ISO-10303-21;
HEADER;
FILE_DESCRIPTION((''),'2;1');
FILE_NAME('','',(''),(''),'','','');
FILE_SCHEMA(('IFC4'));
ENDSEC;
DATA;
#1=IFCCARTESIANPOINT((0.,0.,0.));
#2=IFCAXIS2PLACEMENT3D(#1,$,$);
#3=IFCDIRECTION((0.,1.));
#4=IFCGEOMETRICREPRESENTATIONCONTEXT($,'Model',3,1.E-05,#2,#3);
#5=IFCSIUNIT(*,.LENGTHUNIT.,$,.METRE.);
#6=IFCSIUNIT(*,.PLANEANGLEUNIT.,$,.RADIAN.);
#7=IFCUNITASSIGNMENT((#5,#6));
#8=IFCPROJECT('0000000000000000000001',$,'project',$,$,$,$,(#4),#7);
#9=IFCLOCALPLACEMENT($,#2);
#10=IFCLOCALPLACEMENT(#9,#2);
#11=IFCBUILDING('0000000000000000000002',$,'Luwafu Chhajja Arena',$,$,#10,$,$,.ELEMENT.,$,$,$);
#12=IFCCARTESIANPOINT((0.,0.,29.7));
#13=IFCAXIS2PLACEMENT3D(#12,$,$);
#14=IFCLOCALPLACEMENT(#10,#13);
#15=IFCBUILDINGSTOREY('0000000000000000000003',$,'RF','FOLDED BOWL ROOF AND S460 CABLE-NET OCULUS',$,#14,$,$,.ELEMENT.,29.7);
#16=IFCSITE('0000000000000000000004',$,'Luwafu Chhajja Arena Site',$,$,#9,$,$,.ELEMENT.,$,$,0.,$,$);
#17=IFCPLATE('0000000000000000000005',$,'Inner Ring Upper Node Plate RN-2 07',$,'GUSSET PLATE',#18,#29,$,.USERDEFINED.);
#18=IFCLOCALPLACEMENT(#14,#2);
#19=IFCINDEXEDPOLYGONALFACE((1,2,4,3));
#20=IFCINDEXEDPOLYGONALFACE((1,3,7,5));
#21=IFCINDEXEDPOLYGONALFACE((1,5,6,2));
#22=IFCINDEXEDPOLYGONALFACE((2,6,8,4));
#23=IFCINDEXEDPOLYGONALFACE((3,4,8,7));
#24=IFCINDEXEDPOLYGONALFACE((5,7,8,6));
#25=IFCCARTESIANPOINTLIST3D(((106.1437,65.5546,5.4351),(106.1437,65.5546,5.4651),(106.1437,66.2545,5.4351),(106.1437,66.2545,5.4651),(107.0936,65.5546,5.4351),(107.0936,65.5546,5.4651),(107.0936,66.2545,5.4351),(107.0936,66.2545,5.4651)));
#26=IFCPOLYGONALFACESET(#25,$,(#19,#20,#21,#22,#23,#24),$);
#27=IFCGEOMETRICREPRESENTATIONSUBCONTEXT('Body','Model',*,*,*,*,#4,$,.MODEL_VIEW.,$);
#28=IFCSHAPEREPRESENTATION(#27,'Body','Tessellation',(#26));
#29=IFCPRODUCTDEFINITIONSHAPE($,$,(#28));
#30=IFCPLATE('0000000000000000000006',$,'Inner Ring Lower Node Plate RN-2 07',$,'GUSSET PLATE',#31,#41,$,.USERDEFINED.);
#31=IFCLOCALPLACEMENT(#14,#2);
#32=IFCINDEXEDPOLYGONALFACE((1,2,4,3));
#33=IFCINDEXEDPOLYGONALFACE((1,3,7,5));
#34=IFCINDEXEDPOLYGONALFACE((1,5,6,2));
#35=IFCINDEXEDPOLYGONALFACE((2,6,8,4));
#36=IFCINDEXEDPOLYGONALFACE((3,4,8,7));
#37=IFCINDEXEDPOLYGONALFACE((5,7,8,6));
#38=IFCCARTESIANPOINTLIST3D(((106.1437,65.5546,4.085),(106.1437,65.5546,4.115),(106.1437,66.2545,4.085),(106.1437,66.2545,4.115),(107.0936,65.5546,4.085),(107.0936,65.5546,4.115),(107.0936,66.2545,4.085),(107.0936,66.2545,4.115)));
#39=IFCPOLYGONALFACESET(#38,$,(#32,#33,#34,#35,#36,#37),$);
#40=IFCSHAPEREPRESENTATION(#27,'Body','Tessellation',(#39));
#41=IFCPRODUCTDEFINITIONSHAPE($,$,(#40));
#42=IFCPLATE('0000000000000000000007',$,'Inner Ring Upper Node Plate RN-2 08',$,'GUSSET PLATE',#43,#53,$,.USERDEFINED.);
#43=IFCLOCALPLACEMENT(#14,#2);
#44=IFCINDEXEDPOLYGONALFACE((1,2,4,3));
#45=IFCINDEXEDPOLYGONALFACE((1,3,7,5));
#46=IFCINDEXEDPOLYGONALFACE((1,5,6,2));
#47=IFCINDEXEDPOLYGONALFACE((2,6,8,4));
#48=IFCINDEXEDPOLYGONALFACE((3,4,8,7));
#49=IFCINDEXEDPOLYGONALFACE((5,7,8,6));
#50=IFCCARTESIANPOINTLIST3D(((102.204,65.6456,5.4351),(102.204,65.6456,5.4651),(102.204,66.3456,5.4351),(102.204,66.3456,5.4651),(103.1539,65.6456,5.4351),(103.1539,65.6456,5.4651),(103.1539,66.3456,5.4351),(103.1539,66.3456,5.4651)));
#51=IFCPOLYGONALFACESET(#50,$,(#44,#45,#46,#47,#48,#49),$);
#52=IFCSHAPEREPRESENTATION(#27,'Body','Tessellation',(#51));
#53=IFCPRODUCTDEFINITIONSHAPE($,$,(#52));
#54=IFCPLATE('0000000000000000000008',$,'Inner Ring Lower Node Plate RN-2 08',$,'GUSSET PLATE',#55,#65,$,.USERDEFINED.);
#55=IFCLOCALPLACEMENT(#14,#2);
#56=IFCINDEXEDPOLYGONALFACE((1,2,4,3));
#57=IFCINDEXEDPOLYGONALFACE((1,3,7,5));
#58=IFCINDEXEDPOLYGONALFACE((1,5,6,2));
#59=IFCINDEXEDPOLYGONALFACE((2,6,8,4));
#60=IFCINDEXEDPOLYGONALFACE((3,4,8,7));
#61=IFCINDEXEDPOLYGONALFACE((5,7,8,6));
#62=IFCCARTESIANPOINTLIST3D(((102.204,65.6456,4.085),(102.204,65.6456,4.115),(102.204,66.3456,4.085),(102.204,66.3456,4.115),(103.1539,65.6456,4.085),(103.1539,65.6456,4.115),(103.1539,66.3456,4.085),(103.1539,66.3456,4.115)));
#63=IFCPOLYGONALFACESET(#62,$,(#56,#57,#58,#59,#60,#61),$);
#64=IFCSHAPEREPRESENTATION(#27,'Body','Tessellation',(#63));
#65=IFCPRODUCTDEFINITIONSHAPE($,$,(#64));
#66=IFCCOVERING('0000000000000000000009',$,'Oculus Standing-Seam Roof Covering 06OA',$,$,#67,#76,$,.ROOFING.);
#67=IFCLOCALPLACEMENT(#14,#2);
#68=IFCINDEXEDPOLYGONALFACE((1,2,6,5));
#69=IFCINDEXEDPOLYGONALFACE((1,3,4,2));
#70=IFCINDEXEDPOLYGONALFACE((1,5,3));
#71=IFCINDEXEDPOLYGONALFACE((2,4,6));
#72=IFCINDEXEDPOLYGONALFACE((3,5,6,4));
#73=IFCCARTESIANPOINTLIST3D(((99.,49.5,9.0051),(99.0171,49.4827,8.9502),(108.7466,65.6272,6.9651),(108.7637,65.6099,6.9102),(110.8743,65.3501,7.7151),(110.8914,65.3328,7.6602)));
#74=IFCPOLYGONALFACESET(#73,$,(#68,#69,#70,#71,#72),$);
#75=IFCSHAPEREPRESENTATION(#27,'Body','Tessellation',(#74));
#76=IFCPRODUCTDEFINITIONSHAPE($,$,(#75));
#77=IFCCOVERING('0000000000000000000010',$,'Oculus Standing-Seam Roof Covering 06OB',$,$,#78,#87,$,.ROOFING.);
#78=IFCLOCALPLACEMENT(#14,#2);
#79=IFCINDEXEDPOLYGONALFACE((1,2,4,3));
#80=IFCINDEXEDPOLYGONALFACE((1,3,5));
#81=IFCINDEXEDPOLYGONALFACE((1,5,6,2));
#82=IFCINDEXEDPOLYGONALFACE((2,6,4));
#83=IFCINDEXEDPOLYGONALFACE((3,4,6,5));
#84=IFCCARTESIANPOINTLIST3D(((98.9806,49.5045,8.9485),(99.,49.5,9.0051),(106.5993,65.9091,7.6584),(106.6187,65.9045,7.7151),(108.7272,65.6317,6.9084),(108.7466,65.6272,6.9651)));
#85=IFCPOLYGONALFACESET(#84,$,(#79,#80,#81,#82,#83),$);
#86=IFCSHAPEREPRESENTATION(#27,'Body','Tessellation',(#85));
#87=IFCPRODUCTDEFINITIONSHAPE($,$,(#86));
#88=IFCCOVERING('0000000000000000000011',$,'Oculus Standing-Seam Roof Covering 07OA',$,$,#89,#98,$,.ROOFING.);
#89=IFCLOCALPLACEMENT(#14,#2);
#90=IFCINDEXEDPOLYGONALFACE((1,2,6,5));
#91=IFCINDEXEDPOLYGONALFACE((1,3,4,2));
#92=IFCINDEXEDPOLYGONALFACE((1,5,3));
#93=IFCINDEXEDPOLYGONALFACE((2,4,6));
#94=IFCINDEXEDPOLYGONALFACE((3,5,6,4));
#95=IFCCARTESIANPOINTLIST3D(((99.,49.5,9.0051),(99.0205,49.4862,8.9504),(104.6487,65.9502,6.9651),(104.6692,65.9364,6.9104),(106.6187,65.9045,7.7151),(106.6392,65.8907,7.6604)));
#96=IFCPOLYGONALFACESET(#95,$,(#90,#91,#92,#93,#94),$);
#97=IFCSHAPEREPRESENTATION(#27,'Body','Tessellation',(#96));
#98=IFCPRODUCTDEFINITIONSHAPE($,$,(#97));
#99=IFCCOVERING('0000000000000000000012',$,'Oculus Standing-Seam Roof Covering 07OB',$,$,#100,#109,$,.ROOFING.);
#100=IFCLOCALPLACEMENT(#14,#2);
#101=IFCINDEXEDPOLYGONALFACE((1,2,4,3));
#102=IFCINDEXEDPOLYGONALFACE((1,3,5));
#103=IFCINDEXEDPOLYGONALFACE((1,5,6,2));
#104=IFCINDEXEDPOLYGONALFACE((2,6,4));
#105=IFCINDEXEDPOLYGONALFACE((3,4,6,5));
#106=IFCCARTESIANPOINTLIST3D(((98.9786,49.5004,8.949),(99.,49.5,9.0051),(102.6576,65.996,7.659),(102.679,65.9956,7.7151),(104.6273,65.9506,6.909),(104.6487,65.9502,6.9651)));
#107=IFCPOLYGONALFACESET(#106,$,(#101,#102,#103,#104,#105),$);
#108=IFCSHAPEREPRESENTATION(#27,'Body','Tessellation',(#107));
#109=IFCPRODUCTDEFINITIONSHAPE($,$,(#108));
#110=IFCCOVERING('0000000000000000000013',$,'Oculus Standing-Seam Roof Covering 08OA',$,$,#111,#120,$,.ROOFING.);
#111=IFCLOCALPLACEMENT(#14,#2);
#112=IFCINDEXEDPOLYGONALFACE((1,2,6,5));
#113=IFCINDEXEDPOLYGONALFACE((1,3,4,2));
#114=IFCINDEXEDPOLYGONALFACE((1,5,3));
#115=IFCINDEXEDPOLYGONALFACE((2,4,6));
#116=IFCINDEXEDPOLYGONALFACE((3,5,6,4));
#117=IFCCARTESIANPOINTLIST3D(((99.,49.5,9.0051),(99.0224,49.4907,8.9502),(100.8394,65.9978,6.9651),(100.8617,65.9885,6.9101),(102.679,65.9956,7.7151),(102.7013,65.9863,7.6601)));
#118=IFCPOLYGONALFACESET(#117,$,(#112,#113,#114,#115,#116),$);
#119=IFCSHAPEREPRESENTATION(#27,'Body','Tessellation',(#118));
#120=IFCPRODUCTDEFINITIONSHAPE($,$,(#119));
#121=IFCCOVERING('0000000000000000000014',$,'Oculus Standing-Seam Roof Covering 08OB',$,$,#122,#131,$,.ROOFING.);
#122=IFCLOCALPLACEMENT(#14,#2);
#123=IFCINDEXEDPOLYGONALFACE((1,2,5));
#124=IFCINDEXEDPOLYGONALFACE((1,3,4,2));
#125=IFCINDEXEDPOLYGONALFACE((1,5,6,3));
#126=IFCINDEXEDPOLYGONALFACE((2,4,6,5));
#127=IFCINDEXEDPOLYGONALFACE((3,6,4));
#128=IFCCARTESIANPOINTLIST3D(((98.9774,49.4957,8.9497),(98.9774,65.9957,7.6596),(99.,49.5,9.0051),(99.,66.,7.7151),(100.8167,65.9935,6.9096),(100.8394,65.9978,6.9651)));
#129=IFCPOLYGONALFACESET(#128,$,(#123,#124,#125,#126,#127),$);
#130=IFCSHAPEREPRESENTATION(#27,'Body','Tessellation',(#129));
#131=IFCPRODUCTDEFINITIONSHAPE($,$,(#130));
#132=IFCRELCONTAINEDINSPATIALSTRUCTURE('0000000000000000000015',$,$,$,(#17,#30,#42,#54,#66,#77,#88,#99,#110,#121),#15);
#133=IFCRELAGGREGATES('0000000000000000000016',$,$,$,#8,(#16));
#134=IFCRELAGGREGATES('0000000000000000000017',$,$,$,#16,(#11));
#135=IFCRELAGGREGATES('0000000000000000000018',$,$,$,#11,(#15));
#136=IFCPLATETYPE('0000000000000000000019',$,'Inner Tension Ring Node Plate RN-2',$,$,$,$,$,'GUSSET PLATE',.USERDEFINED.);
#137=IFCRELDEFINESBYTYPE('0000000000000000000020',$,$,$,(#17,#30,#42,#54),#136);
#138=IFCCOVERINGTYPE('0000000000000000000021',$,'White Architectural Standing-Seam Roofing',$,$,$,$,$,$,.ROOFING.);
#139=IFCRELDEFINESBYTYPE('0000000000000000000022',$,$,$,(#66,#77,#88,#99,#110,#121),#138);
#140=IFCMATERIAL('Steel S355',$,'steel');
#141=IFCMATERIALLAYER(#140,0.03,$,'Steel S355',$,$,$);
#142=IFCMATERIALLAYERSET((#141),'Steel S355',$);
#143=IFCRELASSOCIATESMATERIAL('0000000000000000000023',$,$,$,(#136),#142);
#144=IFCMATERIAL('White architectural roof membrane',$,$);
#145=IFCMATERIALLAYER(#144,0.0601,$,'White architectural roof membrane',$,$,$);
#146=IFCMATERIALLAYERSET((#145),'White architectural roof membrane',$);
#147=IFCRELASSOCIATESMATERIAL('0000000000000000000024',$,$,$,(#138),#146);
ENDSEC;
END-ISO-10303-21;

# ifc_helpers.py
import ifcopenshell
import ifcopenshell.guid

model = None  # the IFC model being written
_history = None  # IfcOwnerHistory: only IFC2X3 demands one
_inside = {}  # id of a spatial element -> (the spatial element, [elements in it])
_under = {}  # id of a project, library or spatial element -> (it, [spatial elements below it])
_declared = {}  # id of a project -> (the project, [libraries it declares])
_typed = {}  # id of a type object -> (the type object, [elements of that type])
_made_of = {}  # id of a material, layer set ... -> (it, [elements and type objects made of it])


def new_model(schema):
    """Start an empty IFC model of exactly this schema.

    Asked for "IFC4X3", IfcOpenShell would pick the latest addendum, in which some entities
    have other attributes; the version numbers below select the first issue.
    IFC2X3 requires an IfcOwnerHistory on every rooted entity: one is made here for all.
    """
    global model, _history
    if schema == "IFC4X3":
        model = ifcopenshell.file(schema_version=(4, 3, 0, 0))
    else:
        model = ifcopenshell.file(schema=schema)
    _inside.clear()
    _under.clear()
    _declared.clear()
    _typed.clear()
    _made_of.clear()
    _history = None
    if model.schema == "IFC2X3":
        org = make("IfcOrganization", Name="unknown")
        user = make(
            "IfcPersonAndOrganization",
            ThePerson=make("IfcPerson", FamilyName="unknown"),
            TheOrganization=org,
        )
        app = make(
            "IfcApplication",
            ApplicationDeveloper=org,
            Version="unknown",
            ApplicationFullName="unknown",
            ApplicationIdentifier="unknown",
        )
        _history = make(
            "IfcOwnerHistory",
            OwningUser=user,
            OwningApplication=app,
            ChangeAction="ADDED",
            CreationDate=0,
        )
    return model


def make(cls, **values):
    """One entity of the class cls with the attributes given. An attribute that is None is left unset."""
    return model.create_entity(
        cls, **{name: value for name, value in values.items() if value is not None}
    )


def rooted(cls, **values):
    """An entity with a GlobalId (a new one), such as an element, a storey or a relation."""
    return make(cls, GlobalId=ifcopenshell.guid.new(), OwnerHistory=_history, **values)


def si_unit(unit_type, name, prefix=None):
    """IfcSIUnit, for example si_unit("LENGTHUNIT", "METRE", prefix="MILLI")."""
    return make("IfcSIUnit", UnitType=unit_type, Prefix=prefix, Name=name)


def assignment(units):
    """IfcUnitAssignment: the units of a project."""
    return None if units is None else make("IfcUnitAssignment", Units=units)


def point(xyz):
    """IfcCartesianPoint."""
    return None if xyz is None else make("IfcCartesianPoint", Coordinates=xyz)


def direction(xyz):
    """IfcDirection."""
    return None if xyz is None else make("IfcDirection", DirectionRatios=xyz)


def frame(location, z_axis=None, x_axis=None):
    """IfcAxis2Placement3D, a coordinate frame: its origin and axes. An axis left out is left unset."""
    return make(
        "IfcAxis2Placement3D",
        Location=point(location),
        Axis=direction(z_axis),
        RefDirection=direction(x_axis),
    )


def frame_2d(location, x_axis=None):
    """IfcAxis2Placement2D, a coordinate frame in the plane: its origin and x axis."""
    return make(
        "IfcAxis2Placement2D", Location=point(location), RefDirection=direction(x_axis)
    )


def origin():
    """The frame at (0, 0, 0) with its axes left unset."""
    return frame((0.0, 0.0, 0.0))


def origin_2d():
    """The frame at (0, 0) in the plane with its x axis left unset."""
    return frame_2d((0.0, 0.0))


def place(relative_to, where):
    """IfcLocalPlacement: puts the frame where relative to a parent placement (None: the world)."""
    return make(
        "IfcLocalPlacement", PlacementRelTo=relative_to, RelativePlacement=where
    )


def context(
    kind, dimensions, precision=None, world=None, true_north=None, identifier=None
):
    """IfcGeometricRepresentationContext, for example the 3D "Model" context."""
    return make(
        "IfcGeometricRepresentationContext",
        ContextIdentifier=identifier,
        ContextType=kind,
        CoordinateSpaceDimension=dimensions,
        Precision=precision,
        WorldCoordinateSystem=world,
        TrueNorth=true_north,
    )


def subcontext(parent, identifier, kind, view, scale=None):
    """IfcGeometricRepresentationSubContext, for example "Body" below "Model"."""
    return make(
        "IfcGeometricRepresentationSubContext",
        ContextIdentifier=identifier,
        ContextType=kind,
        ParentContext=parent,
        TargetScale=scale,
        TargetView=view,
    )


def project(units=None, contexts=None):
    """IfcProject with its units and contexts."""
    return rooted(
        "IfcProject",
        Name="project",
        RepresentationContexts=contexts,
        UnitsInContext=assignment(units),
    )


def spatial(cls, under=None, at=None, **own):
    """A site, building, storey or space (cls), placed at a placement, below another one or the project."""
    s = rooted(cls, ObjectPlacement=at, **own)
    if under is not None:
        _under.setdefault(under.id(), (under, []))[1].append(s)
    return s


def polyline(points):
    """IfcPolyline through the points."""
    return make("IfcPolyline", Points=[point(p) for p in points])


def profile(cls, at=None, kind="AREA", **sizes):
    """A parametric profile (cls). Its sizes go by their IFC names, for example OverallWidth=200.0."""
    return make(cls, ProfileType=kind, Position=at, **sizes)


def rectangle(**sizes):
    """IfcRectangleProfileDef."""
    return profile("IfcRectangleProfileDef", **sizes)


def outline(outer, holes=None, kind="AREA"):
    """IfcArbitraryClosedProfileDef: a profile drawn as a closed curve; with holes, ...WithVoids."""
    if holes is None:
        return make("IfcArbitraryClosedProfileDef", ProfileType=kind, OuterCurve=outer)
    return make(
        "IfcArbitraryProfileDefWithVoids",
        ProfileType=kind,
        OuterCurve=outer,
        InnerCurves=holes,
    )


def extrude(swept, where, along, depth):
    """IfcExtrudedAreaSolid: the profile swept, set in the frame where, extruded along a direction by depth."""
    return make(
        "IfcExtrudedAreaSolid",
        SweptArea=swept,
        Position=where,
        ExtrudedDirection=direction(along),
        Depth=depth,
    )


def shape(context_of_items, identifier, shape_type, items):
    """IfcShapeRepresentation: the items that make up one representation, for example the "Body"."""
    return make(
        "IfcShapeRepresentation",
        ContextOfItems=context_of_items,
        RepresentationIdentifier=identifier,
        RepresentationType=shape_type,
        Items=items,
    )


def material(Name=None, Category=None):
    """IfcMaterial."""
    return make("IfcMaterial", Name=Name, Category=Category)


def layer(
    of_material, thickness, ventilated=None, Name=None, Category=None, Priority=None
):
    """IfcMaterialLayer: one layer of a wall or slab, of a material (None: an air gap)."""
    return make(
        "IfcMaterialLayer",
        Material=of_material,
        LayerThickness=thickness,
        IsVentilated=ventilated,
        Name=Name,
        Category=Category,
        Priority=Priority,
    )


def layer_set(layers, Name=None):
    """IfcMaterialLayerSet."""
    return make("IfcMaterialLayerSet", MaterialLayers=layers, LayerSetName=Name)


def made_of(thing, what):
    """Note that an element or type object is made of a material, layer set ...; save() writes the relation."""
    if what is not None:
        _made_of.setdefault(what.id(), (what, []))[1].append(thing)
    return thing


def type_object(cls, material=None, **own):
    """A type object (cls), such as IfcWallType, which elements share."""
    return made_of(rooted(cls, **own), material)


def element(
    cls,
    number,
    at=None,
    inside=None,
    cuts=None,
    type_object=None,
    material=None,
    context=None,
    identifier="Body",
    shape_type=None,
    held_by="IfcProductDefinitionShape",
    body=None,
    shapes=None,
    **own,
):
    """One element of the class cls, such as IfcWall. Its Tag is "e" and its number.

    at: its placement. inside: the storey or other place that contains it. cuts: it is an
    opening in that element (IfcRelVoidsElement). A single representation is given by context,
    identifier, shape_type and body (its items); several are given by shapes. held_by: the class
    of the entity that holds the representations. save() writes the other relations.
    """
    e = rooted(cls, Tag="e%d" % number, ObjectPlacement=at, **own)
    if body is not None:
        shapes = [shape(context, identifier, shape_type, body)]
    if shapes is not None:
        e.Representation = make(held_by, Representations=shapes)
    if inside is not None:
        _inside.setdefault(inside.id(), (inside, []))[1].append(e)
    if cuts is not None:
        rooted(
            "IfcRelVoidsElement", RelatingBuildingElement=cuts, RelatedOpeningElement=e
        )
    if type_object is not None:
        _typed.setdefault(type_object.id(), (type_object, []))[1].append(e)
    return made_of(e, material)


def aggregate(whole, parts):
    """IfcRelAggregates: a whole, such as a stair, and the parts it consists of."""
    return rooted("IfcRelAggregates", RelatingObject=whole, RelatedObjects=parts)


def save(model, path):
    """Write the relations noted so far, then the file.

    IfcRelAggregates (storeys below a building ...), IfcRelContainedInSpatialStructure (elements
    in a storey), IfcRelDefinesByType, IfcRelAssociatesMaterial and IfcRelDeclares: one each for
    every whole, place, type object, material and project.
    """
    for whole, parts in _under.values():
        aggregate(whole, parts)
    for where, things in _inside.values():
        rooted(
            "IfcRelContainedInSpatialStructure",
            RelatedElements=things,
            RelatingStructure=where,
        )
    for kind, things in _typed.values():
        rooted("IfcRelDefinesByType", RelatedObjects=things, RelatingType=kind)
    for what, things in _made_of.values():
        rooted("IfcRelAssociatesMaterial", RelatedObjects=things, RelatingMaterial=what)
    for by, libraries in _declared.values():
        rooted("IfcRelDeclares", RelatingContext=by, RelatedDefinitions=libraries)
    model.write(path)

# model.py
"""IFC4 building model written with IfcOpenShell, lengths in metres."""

from ifc_helpers import new_model, si_unit, direction, frame, origin, origin_2d, place, context, subcontext, project, spatial, polyline, rectangle, outline, extrude, material, layer, layer_set, type_object, element, save


model = new_model("IFC4")

# Units and contexts
model_context = context("Model", 3, precision=1e-05, world=origin(), true_north=direction((0.0, 1.0)))
body_context = subcontext(model_context, "Body", "Model", "MODEL_VIEW")
ifc_project = project(units=[si_unit("LENGTHUNIT", "METRE"), si_unit("PLANEANGLEUNIT", "RADIAN")], contexts=[model_context])

# Site, building, storey
site_placement = place(None, origin())
site = spatial("IfcSite", under=ifc_project, at=site_placement, Name="Luwafu Chhajja Arena Site", CompositionType="ELEMENT", RefElevation=0.0)
building_placement = place(site_placement, origin())
building = spatial("IfcBuilding", under=site, at=building_placement, Name="Luwafu Chhajja Arena", CompositionType="ELEMENT")
storey_placement = place(building_placement, frame((0.0, 0.0, 29.7)))
storey = spatial("IfcBuildingStorey", under=building, at=storey_placement, Name="RF", Description="FOLDED BOWL ROOF AND S460 CABLE-NET OCULUS", CompositionType="ELEMENT", Elevation=29.7)

# Shared definitions
ifc_material_1 = material(Name="Steel S355", Category="steel")

# Plates
ifc_layer_1 = layer(ifc_material_1, 0.03, Name="Steel S355")
ifc_layer_set_1 = layer_set([ifc_layer_1], Name="Steel S355")
plate_type = type_object("IfcPlateType", Name="Inner Tension Ring Node Plate RN-2", ElementType="GUSSET PLATE", PredefinedType="USERDEFINED", material=ifc_layer_set_1)
for number, where, z_axis, x_axis, name in (
    (1, (106.6187, 65.9045, 5.4351), (0.0, 0.0, 1.0), (1.0, 0.0, 0.0), "Inner Ring Upper Node Plate RN-2 07"),
    (2, (106.6187, 65.9045, 4.085), (0.0, 0.0, 1.0), (1.0, 0.0, 0.0), "Inner Ring Lower Node Plate RN-2 07"),
    (3, (102.679, 65.9956, 5.4351), (0.0, 0.0, 1.0), (1.0, 0.0, 0.0), "Inner Ring Upper Node Plate RN-2 08"),
    (4, (102.679, 65.9956, 4.085), (0.0, 0.0, 1.0), (1.0, 0.0, 0.0), "Inner Ring Lower Node Plate RN-2 08"),
):
    element("IfcPlate", number, at=place(storey_placement, frame(where, z_axis=z_axis, x_axis=x_axis)), inside=storey, type_object=plate_type, Name=name, ObjectType="GUSSET PLATE", PredefinedType="USERDEFINED", context=body_context, shape_type="SweptSolid", body=[
        extrude(rectangle(XDim=0.95, YDim=0.7, at=origin_2d()), origin(), (0.0, 0.0, 1.0), 0.03),
    ])

# Coverings
ifc_material_2 = material(Name="White architectural roof membrane")
ifc_layer_2 = layer(ifc_material_2, 0.0601, Name="White architectural roof membrane")
ifc_layer_set_2 = layer_set([ifc_layer_2], Name="White architectural roof membrane")
covering_type = type_object("IfcCoveringType", Name="White Architectural Standing-Seam Roofing", PredefinedType="ROOFING", material=ifc_layer_set_2)
covering_1_placement = place(storey_placement, frame((110.8743, 65.3501, 7.7151), z_axis=(-0.284825, 0.287799, 0.914356), x_axis=(-0.936087, 0.121912, -0.329967)))
element("IfcCovering", 5, at=covering_1_placement, inside=storey, type_object=covering_type, Name="Oculus Standing-Seam Roof Covering 06OA", PredefinedType="ROOFING", context=body_context, shape_type="SweptSolid", body=[
    extrude(outline(polyline([(0.0, 0.0), (2.273, 0.0), (8.7574, 17.81), (0.0, 0.0)])), origin(), (0.0, 0.0, -1.0), 0.0601),
])
covering_2_placement = place(storey_placement, frame((108.7466, 65.6272, 6.9651), z_axis=(0.322673, -0.075663, 0.943481), x_axis=(-0.936088, 0.122005, 0.329929)))
element("IfcCovering", 6, at=covering_2_placement, inside=storey, type_object=covering_type, Name="Oculus Standing-Seam Roof Covering 06OB", PredefinedType="ROOFING", context=body_context, shape_type="SweptSolid", body=[
    extrude(outline(polyline([(0.0, 0.0), (2.2732, 0.0), (7.8291, 17.2612), (0.0, 0.0)])), origin(), (0.0, 0.0, -1.0), 0.0601),
])
covering_3_placement = place(storey_placement, frame((106.6187, 65.9045, 7.7151), z_axis=(-0.341573, 0.230291, 0.911205), x_axis=(-0.934342, 0.021653, -0.355719)))
element("IfcCovering", 7, at=covering_3_placement, inside=storey, type_object=covering_type, Name="Oculus Standing-Seam Roof Covering 07OA", PredefinedType="ROOFING", context=body_context, shape_type="SweptSolid", body=[
    extrude(outline(polyline([(0.0, 0.0), (2.1084, 0.0), (6.3043, 17.0021), (0.0, 0.0)])), origin(), (0.0, 0.0, -1.0), 0.0601),
])
covering_4_placement = place(storey_placement, frame((104.6487, 65.9502, 6.9651), z_axis=(0.355709, -0.006244, 0.934576), x_axis=(-0.93433, 0.02154, 0.355759)))
element("IfcCovering", 8, at=covering_4_placement, inside=storey, type_object=covering_type, Name="Oculus Standing-Seam Roof Covering 07OB", PredefinedType="ROOFING", context=body_context, shape_type="SweptSolid", body=[
    extrude(outline(polyline([(0.0, 0.0), (2.1082, 0.0), (5.6492, 16.576), (0.0, 0.0)])), origin(), (0.0, 0.0, -1.0), 0.0601),
])
covering_5_placement = place(storey_placement, frame((102.679, 65.9956, 7.7151), z_axis=(-0.372824, 0.154701, 0.914915), x_axis=(-0.925998, 0.001106, -0.377527)))
element("IfcCovering", 9, at=covering_5_placement, inside=storey, type_object=covering_type, Name="Oculus Standing-Seam Roof Covering 08OA", PredefinedType="ROOFING", context=body_context, shape_type="SweptSolid", body=[
    extrude(outline(polyline([(0.0, 0.0), (1.9866, 0.0), (2.9014, 16.6999), (0.0, 0.0)])), origin(), (0.0, 0.0, -1.0), 0.0601),
])
covering_6_placement = place(storey_placement, frame((100.8394, 65.9978, 6.9651), z_axis=(0.376659, 0.072206, 0.923534), x_axis=(-0.92598, 0.001106, 0.37757)))
element("IfcCovering", 10, at=covering_6_placement, inside=storey, type_object=covering_type, Name="Oculus Standing-Seam Roof Covering 08OB", PredefinedType="ROOFING", context=body_context, shape_type="SweptSolid", body=[
    extrude(outline(polyline([(0.0, 0.0), (1.9864, 0.0), (2.4552, 16.5437), (0.0, 0.0)])), origin(), (0.0, 0.0, -1.0), 0.0601),
])

save(model, "model.ifc")
